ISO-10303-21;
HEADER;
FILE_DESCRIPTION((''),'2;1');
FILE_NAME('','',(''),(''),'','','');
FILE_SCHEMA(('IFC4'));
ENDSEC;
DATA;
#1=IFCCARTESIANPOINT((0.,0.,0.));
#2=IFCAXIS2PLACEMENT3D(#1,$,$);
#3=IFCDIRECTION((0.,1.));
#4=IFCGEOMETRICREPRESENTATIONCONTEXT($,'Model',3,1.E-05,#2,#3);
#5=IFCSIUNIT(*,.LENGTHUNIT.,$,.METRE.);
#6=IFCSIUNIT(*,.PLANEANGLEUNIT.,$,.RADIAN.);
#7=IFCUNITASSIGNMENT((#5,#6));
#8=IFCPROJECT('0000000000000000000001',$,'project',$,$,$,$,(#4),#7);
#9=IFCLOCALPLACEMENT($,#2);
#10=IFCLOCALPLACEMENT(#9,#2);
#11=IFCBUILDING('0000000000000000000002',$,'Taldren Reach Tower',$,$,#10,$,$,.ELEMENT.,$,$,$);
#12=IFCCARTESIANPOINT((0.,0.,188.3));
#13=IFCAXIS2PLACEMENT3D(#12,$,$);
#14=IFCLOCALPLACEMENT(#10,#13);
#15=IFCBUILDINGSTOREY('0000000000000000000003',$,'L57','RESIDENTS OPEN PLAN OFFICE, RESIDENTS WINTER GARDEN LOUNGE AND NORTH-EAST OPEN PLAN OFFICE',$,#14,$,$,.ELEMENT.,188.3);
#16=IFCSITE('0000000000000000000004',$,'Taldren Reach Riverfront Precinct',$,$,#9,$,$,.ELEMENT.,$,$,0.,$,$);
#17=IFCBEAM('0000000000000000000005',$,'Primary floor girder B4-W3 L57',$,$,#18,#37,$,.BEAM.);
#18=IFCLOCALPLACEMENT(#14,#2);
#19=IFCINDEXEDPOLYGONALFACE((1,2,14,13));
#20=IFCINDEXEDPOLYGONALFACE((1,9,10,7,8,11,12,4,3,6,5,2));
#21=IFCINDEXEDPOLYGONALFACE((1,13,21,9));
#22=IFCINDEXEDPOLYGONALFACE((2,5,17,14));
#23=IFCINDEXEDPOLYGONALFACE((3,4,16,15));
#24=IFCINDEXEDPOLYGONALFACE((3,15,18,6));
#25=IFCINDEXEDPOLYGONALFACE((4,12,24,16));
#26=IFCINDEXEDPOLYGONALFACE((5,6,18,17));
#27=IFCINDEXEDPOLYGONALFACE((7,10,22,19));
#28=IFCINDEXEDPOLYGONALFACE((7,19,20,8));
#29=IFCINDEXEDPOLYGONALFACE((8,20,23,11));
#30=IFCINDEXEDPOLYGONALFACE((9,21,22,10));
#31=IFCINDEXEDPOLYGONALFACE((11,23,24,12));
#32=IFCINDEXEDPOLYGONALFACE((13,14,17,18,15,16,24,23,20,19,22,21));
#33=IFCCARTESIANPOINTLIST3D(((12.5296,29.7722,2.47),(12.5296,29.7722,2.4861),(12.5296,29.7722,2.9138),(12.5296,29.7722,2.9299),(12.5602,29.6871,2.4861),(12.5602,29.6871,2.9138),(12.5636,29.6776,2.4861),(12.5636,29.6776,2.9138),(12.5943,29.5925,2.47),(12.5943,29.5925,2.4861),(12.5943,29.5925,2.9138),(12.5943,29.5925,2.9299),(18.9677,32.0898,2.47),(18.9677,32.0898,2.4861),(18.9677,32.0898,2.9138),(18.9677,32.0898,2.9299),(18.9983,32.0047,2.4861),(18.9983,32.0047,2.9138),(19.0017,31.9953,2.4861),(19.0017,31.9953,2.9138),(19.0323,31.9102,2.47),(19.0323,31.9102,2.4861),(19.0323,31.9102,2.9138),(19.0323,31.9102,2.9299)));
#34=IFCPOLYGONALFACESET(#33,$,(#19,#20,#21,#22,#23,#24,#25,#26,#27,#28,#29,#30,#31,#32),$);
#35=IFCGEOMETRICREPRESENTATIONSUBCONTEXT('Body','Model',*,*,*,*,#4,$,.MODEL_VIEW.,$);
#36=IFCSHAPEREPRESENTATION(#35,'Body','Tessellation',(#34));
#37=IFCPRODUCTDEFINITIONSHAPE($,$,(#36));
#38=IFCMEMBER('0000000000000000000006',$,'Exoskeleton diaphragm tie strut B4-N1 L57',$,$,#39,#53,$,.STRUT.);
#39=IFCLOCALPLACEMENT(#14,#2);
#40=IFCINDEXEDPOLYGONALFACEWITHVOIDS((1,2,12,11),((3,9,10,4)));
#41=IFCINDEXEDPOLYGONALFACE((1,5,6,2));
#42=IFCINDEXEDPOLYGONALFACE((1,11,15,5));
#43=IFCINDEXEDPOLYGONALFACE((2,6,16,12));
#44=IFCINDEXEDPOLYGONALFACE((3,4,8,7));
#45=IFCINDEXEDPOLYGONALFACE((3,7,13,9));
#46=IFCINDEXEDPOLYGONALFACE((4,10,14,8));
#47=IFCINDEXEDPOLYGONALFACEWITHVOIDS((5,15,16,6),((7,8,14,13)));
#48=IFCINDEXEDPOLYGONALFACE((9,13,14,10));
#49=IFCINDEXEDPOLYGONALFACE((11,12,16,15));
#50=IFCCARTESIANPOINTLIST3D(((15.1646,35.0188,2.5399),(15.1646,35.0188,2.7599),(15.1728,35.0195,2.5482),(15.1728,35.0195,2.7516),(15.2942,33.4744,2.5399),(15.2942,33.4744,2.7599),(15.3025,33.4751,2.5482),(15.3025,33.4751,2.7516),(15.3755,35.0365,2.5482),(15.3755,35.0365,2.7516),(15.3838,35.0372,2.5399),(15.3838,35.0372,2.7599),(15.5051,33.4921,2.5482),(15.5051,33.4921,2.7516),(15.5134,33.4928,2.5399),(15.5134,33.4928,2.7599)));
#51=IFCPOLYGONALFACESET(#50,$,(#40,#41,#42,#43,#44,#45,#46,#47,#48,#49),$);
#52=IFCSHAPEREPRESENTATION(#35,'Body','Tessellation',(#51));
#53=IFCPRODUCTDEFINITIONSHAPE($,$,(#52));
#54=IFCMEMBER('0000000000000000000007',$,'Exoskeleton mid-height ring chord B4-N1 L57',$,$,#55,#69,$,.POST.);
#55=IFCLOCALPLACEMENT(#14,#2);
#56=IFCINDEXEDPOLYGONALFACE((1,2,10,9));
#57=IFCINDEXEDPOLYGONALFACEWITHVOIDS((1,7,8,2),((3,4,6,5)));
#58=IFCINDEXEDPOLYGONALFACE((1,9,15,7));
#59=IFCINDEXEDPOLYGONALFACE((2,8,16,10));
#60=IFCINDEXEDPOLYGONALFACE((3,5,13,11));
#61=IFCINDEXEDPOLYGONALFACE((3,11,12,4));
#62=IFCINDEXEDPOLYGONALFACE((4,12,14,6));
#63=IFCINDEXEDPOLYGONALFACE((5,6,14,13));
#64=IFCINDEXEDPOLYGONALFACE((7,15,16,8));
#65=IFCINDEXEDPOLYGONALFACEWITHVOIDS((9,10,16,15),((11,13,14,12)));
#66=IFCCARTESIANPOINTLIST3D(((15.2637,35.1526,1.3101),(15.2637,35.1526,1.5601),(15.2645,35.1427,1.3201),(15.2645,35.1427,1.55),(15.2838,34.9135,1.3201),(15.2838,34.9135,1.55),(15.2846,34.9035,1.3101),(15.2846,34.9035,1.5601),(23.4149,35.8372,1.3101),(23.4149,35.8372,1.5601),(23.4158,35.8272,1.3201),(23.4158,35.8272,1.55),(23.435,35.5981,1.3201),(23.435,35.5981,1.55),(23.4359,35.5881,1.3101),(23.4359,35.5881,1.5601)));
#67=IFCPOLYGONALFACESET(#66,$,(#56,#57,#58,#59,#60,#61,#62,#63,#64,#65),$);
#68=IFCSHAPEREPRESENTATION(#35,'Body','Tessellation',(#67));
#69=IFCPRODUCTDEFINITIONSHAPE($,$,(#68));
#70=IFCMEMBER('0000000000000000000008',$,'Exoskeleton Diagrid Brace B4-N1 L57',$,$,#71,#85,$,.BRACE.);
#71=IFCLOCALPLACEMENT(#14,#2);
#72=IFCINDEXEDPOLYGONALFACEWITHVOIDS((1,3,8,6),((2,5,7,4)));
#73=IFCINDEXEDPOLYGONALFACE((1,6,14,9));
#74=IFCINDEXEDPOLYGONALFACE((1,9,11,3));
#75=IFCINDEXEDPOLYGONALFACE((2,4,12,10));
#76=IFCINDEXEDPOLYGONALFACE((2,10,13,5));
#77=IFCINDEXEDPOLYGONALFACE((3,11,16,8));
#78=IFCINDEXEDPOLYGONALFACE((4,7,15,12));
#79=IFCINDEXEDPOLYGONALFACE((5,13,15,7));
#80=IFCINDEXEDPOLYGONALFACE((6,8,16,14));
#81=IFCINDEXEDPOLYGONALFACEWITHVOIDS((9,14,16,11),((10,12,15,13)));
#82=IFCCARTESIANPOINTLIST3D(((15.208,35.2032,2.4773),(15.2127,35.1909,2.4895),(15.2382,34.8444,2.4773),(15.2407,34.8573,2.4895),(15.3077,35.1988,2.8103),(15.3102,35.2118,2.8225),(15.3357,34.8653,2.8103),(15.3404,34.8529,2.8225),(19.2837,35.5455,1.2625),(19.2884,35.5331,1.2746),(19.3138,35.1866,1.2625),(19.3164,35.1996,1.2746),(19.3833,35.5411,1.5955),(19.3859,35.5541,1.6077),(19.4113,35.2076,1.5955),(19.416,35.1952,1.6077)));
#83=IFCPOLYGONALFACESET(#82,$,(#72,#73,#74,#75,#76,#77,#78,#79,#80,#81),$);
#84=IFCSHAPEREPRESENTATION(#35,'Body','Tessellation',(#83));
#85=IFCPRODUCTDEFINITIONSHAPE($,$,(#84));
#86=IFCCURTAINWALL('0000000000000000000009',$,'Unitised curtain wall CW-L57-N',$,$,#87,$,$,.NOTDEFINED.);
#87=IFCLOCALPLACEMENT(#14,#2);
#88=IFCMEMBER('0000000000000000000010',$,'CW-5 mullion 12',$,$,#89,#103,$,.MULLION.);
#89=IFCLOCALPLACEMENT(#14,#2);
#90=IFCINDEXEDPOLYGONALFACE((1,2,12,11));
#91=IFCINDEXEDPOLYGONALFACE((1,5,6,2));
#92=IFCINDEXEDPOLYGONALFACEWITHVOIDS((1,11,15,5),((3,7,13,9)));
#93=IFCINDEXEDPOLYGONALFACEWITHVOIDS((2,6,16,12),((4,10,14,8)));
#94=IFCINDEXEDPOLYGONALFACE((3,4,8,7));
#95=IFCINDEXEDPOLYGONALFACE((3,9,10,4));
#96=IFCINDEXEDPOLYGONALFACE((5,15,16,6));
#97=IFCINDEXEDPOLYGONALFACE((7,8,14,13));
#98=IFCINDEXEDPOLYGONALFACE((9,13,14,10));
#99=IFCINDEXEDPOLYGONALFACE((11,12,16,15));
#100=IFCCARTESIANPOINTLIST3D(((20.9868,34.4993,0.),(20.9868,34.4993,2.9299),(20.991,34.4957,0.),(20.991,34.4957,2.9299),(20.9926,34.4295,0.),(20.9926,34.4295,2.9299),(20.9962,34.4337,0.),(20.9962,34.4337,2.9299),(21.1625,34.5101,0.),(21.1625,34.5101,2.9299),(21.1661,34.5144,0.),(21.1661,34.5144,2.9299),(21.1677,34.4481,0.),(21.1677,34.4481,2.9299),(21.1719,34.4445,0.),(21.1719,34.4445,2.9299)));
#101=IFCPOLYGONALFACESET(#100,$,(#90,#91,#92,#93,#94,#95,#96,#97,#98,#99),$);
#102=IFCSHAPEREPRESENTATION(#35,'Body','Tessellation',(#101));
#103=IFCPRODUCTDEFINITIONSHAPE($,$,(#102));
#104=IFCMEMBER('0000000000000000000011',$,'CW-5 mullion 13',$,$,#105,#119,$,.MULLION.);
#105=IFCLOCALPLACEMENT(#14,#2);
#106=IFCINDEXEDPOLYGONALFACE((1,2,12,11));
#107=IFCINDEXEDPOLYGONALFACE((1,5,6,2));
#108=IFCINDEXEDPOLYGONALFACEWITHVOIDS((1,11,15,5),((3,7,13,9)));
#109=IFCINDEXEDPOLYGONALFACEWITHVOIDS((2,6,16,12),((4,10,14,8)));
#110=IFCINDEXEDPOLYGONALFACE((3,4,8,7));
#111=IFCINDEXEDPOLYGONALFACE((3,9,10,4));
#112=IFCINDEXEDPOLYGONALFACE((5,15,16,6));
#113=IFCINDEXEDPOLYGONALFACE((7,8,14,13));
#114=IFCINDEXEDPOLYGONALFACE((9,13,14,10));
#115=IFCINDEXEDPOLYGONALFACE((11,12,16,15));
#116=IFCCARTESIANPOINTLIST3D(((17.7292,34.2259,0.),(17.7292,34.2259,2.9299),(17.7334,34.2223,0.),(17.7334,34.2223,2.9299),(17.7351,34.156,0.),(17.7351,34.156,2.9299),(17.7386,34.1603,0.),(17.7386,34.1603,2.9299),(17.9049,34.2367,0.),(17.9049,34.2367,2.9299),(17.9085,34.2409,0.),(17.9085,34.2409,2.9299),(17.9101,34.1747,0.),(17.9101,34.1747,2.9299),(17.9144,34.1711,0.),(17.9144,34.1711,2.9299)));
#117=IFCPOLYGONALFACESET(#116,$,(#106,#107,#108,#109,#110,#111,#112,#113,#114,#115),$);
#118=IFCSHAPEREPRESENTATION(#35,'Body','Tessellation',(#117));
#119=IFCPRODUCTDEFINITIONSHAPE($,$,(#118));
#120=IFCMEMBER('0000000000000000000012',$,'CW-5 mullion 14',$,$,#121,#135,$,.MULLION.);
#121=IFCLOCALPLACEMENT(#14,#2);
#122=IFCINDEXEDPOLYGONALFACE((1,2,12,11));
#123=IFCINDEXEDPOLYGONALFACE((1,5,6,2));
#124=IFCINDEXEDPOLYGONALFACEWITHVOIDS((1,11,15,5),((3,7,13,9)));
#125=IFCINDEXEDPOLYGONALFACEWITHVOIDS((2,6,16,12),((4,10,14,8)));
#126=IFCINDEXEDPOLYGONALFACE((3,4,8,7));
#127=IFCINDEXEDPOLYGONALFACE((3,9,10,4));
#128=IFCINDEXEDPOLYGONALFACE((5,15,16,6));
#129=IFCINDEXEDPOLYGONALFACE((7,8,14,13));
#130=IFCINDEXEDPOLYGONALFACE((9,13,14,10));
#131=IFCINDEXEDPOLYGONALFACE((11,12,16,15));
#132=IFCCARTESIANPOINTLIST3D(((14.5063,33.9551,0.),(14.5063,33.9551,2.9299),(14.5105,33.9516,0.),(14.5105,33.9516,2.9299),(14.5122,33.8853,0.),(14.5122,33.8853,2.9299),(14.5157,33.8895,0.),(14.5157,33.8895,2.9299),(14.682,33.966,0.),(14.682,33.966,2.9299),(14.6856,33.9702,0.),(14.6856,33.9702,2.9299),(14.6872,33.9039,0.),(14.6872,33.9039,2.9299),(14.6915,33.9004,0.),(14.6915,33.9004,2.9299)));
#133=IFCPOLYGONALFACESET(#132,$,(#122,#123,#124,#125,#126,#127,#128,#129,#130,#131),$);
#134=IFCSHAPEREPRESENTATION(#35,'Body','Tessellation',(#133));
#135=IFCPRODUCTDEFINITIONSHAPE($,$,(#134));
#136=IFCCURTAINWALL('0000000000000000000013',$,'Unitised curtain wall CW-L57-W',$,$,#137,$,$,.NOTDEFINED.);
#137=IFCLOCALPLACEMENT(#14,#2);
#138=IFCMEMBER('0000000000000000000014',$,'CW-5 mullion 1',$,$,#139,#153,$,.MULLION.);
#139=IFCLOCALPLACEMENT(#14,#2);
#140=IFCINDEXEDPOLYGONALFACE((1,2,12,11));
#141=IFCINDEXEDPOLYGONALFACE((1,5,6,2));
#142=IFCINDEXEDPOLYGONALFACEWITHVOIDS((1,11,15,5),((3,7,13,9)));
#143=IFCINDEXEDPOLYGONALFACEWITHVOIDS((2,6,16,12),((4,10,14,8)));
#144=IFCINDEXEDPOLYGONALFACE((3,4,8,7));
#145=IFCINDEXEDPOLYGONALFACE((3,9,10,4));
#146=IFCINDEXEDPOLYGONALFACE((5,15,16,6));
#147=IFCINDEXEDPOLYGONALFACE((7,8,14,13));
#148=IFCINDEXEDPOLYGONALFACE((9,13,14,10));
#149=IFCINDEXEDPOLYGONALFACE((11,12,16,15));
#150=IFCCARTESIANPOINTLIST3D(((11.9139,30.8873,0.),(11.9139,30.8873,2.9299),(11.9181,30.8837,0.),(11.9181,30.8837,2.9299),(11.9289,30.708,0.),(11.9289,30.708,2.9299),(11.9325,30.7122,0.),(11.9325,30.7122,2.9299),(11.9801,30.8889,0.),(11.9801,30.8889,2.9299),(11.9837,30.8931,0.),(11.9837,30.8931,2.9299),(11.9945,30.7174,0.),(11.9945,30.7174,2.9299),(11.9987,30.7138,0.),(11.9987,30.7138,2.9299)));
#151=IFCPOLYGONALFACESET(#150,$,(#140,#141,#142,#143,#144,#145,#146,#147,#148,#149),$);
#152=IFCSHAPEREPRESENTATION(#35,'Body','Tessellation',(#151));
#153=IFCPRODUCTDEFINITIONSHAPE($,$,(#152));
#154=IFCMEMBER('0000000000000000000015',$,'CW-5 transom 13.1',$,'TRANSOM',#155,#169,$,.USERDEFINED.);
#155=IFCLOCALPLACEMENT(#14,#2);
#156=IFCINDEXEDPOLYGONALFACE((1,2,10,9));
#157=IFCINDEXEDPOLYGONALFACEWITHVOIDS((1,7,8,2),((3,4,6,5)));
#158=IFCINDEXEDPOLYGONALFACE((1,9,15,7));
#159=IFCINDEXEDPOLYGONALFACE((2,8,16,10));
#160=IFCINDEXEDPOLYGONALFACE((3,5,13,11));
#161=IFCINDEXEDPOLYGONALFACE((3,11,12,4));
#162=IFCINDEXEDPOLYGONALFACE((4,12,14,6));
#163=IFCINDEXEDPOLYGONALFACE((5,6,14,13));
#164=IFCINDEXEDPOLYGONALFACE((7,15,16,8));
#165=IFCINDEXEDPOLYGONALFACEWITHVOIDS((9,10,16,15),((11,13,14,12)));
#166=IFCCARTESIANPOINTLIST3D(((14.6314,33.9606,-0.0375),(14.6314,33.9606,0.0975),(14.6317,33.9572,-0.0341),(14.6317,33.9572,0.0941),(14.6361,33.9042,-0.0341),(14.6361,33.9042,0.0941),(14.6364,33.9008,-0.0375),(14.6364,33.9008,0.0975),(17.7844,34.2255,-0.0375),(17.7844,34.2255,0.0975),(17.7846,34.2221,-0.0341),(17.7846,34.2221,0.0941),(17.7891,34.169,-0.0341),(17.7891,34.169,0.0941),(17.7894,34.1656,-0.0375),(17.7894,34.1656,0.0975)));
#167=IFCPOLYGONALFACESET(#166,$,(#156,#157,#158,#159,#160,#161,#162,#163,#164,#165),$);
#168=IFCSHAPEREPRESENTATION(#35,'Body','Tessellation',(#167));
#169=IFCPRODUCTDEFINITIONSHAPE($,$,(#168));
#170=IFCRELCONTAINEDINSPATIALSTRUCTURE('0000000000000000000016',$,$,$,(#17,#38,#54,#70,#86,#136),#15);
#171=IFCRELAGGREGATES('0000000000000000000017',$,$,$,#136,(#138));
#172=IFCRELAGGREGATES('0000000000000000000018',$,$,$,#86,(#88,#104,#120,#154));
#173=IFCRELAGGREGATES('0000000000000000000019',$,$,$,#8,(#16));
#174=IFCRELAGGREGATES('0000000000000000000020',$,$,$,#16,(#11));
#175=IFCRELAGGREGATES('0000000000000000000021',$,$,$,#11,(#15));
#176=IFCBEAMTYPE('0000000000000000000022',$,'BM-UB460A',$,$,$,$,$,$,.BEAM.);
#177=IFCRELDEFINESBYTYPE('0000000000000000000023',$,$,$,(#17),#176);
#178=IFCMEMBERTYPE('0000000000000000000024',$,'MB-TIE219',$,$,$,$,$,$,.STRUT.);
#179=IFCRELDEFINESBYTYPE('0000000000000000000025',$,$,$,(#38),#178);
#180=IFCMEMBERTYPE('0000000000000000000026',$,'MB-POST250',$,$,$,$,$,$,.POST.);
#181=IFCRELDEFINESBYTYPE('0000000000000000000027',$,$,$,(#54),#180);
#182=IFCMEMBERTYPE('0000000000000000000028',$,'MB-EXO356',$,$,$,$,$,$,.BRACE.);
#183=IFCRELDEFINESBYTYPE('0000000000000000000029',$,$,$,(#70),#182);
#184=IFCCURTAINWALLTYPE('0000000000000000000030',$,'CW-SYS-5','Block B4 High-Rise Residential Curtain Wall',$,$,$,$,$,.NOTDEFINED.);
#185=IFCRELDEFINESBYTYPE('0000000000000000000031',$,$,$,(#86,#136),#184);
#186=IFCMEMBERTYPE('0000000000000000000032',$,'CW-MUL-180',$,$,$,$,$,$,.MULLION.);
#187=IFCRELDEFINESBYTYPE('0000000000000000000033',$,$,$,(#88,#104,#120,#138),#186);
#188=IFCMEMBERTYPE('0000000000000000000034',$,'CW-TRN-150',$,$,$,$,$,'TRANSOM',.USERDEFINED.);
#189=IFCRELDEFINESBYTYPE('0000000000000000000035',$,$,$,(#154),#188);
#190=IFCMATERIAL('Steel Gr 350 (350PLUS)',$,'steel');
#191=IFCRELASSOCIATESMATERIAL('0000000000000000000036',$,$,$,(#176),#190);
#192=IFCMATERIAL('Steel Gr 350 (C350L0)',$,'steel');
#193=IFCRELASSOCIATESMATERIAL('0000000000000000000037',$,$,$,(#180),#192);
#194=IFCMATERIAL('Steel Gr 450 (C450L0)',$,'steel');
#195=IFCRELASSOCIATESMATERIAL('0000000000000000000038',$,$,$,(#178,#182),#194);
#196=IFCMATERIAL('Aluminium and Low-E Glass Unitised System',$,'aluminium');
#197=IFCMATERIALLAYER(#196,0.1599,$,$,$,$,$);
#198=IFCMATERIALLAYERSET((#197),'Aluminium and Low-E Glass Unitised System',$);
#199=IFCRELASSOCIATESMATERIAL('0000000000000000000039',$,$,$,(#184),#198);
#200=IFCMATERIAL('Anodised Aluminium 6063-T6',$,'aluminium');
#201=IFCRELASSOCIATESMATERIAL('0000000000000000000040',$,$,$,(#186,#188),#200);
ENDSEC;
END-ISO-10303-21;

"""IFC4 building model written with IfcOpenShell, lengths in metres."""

from ifc_helpers import new_model, si_unit, direction, frame, origin, origin_2d, place, context, subcontext, project, spatial, hollow_rectangle, i_section, extrude, source, transform, mapped, material, layer, layer_set, material_profile, profile_set, type_object, element, aggregate, save


model = new_model("IFC4")

# Units and contexts
model_context = context("Model", 3, precision=1e-05, world=origin(), true_north=direction((0.0, 1.0)))
body_context = subcontext(model_context, "Body", "Model", "MODEL_VIEW")
ifc_project = project(units=[si_unit("LENGTHUNIT", "METRE"), si_unit("PLANEANGLEUNIT", "RADIAN")], contexts=[model_context])

# Site, building, storey
site_placement = place(None, origin())
site = spatial("IfcSite", under=ifc_project, at=site_placement, Name="Taldren Reach Riverfront Precinct", CompositionType="ELEMENT", RefElevation=0.0)
building_placement = place(site_placement, origin())
building = spatial("IfcBuilding", under=site, at=building_placement, Name="Taldren Reach Tower", CompositionType="ELEMENT")
storey_placement = place(building_placement, frame((0.0, 0.0, 188.3)))
storey = spatial("IfcBuildingStorey", under=building, at=storey_placement, Name="L57", Description="RESIDENTS OPEN PLAN OFFICE, RESIDENTS WINTER GARDEN LOUNGE AND NORTH-EAST OPEN PLAN OFFICE", CompositionType="ELEMENT", Elevation=188.3)

# Shared definitions
ifc_material_1 = material(Name="Steel Gr 450 (C450L0)", Category="steel")
ifc_material_2 = material(Name="Steel Gr 350 (C350L0)", Category="steel")

# Shared definitions
ifc_material_3 = material(Name="Steel Gr 350 (350PLUS)", Category="steel")
ifc_material_profile_1 = material_profile(ifc_material_3, i_section(OverallWidth=0.1909, OverallDepth=0.46, WebThickness=0.01, FlangeThickness=0.0161, at=origin_2d()), Name="460UB82.1")
ifc_profile_set_1 = profile_set([ifc_material_profile_1], Name="Steel Gr 350 (350PLUS)")
beam_type_1 = type_object("IfcBeamType", Name="BM-UB460A", PredefinedType="BEAM", material=ifc_profile_set_1)

# Shared definitions
ifc_material_profile_2 = material_profile(ifc_material_2, hollow_rectangle(XDim=0.25, YDim=0.25, WallThickness=0.01, at=origin_2d()), Name="250x250x10.0SHS")
ifc_profile_set_2 = profile_set([ifc_material_profile_2], Name="Steel Gr 350 (C350L0)")
member_type_1 = type_object("IfcMemberType", Name="MB-POST250", PredefinedType="POST", material=ifc_profile_set_2)

# Beam
shared_shape_1 = source(origin(), body_context, "Body", "SweptSolid", [
    extrude(i_section(OverallWidth=0.1909, OverallDepth=0.46, WebThickness=0.01, FlangeThickness=0.0161, at=origin_2d()), origin(), (0.0, 0.0, 1.0), 6.8425),
])
beam_1_placement = place(storey_placement, frame((19.0, 32.0, 2.7), z_axis=(-0.94089, -0.338713, 0.0), x_axis=(0.338713, -0.94089, 0.0)))
element("IfcBeam", 1, at=beam_1_placement, inside=storey, type_object=beam_type_1, Name="Primary floor girder B4-W3 L57", PredefinedType="BEAM", context=body_context, shape_type="MappedRepresentation", body=[
    mapped(shared_shape_1, transform((0.0, 0.0, 0.0), scale=1.0)),
])

# Members
ifc_material_profile_3 = material_profile(ifc_material_1, hollow_rectangle(XDim=0.22, YDim=0.22, WallThickness=0.0083, at=origin_2d()), Name="220x220x8.2SHS")
ifc_profile_set_3 = profile_set([ifc_material_profile_3], Name="Steel Gr 450 (C450L0)")
member_type_2 = type_object("IfcMemberType", Name="MB-TIE219", PredefinedType="STRUT", material=ifc_profile_set_3)
shared_shape_2 = source(origin(), body_context, "Body", "SweptSolid", [
    extrude(hollow_rectangle(XDim=0.22, YDim=0.22, WallThickness=0.0083, at=origin_2d()), origin(), (0.0, 0.0, 1.0), 1.5498),
])
member_1_placement = place(storey_placement, frame((15.4038, 33.4836, 2.6499), z_axis=(-0.083645, 0.996496, 0.0), x_axis=(-0.996496, -0.083645, 0.0)))
element("IfcMember", 2, at=member_1_placement, inside=storey, type_object=member_type_2, Name="Exoskeleton diaphragm tie strut B4-N1 L57", PredefinedType="STRUT", context=body_context, shape_type="MappedRepresentation", body=[
    mapped(shared_shape_2, transform((0.0, 0.0, 0.0), scale=1.0)),
])
shared_shape_3 = source(origin(), body_context, "Body", "SweptSolid", [
    extrude(hollow_rectangle(XDim=0.25, YDim=0.25, WallThickness=0.01, at=origin_2d()), origin(), (0.0, 0.0, 1.0), 8.1799),
])
member_2_placement = place(storey_placement, frame((15.2742, 35.0281, 1.4351), z_axis=(0.996492, 0.08369, 0.0), x_axis=(-0.08369, 0.996492, 0.0)))
element("IfcMember", 3, at=member_2_placement, inside=storey, type_object=member_type_1, Name="Exoskeleton mid-height ring chord B4-N1 L57", PredefinedType="POST", context=body_context, shape_type="MappedRepresentation", body=[
    mapped(shared_shape_3, transform((0.0, 0.0, 0.0), scale=1.0)),
])
ifc_material_profile_4 = material_profile(ifc_material_1, hollow_rectangle(XDim=0.3601, YDim=0.3601, WallThickness=0.0127, at=origin_2d()), Name="360x360x12.7SHS")
ifc_profile_set_4 = profile_set([ifc_material_profile_4], Name="Steel Gr 450 (C450L0)")
member_type_3 = type_object("IfcMemberType", Name="MB-EXO356", PredefinedType="BRACE", material=ifc_profile_set_4)
shared_shape_4 = source(origin(), body_context, "Body", "SweptSolid", [
    extrude(hollow_rectangle(XDim=0.3601, YDim=0.3601, WallThickness=0.0127, at=origin_2d()), origin(), (0.0, 0.0, 1.0), 4.2666),
])
member_3_placement = place(storey_placement, frame((19.3499, 35.3704, 1.4351), z_axis=(-0.955245, -0.080224, 0.284731), x_axis=(0.083688, -0.996492, 0.0)))
element("IfcMember", 4, at=member_3_placement, inside=storey, type_object=member_type_3, Name="Exoskeleton Diagrid Brace B4-N1 L57", PredefinedType="BRACE", context=body_context, shape_type="MappedRepresentation", body=[
    mapped(shared_shape_4, transform((0.0, 0.0, 0.0), scale=1.0)),
])

# Curtain wall, members
ifc_material_4 = material(Name="Aluminium and Low-E Glass Unitised System", Category="aluminium")
ifc_layer_1 = layer(ifc_material_4, 0.1599)
ifc_layer_set_1 = layer_set([ifc_layer_1], Name="Aluminium and Low-E Glass Unitised System")
curtain_wall_type = type_object("IfcCurtainWallType", Name="CW-SYS-5", Description="Block B4 High-Rise Residential Curtain Wall", PredefinedType="NOTDEFINED", material=ifc_layer_set_1)
curtain_wall_1_placement = place(storey_placement, origin())
curtain_wall_1 = element("IfcCurtainWall", 5, at=curtain_wall_1_placement, inside=storey, type_object=curtain_wall_type, Name="Unitised curtain wall CW-L57-N", PredefinedType="NOTDEFINED")
ifc_material_5 = material(Name="Anodised Aluminium 6063-T6", Category="aluminium")
ifc_material_profile_5 = material_profile(ifc_material_5, hollow_rectangle(XDim=0.0701, YDim=0.1799, WallThickness=0.0039, at=origin_2d()), Name="ALU-180x70x4RHS")
ifc_profile_set_5 = profile_set([ifc_material_profile_5], Name="Anodised Aluminium 6063-T6")
member_type_4 = type_object("IfcMemberType", Name="CW-MUL-180", PredefinedType="MULLION", material=ifc_profile_set_5)
shared_shape_5 = source(origin(), body_context, "Body", "SweptSolid", [
    extrude(hollow_rectangle(XDim=0.0701, YDim=0.1799, WallThickness=0.0039, at=origin_2d()), origin(), (0.0, 0.0, 1.0), 2.9299),
])
member_4_placement = place(storey_placement, frame((21.0793, 34.4719, 0.0), z_axis=(0.0, 0.0, 1.0), x_axis=(0.083678, -0.996493, 0.0)))
member_4 = element("IfcMember", 6, at=member_4_placement, type_object=member_type_4, Name="CW-5 mullion 12", PredefinedType="MULLION", context=body_context, shape_type="MappedRepresentation", body=[
    mapped(shared_shape_5, transform((0.0, 0.0, 0.0), scale=1.0)),
])
member_5_placement = place(storey_placement, frame((17.8218, 34.1985, 0.0), z_axis=(0.0, 0.0, 1.0), x_axis=(0.083678, -0.996493, 0.0)))
member_5 = element("IfcMember", 7, at=member_5_placement, type_object=member_type_4, Name="CW-5 mullion 13", PredefinedType="MULLION", context=body_context, shape_type="MappedRepresentation", body=[
    mapped(shared_shape_5, transform((0.0, 0.0, 0.0), scale=1.0)),
])
member_6_placement = place(storey_placement, frame((14.5989, 33.9277, 0.0), z_axis=(0.0, 0.0, 1.0), x_axis=(0.083678, -0.996493, 0.0)))
member_6 = element("IfcMember", 8, at=member_6_placement, type_object=member_type_4, Name="CW-5 mullion 14", PredefinedType="MULLION", context=body_context, shape_type="MappedRepresentation", body=[
    mapped(shared_shape_5, transform((0.0, 0.0, 0.0), scale=1.0)),
])

# Curtain wall, member
curtain_wall_2_placement = place(storey_placement, origin())
curtain_wall_2 = element("IfcCurtainWall", 9, at=curtain_wall_2_placement, inside=storey, type_object=curtain_wall_type, Name="Unitised curtain wall CW-L57-W", PredefinedType="NOTDEFINED")
member_7_placement = place(storey_placement, frame((11.9563, 30.8005, 0.0), z_axis=(0.0, 0.0, 1.0), x_axis=(0.996493, 0.083678, 0.0)))
member_7 = element("IfcMember", 10, at=member_7_placement, type_object=member_type_4, Name="CW-5 mullion 1", PredefinedType="MULLION", context=body_context, shape_type="MappedRepresentation", body=[
    mapped(shared_shape_5, transform((0.0, 0.0, 0.0), scale=1.0)),
])

# Member
ifc_material_profile_6 = material_profile(ifc_material_5, hollow_rectangle(XDim=0.0601, YDim=0.135, WallThickness=0.0034, at=origin_2d()), Name="ALU-135x60x3.5RHS")
ifc_profile_set_6 = profile_set([ifc_material_profile_6], Name="Anodised Aluminium 6063-T6")
member_type_5 = type_object("IfcMemberType", Name="CW-TRN-150", ElementType="TRANSOM", PredefinedType="USERDEFINED", material=ifc_profile_set_6)
shared_shape_6 = source(origin(), body_context, "Body", "SweptSolid", [
    extrude(hollow_rectangle(XDim=0.0601, YDim=0.135, WallThickness=0.0034, at=origin_2d()), origin(), (0.0, 0.0, 1.0), 3.1641),
])
member_8_placement = place(storey_placement, frame((17.7869, 34.1956, 0.03), z_axis=(-0.99649, -0.083716, 0.0), x_axis=(0.083716, -0.99649, 0.0)))
member_8 = element("IfcMember", 11, at=member_8_placement, type_object=member_type_5, Name="CW-5 transom 13.1", ObjectType="TRANSOM", PredefinedType="USERDEFINED", context=body_context, shape_type="MappedRepresentation", body=[
    mapped(shared_shape_6, transform((0.0, 0.0, 0.0), scale=1.0)),
])
aggregate(curtain_wall_2, [member_7])

aggregate(curtain_wall_1, [member_4, member_5, member_6, member_8])

save(model, "model.ifc")
